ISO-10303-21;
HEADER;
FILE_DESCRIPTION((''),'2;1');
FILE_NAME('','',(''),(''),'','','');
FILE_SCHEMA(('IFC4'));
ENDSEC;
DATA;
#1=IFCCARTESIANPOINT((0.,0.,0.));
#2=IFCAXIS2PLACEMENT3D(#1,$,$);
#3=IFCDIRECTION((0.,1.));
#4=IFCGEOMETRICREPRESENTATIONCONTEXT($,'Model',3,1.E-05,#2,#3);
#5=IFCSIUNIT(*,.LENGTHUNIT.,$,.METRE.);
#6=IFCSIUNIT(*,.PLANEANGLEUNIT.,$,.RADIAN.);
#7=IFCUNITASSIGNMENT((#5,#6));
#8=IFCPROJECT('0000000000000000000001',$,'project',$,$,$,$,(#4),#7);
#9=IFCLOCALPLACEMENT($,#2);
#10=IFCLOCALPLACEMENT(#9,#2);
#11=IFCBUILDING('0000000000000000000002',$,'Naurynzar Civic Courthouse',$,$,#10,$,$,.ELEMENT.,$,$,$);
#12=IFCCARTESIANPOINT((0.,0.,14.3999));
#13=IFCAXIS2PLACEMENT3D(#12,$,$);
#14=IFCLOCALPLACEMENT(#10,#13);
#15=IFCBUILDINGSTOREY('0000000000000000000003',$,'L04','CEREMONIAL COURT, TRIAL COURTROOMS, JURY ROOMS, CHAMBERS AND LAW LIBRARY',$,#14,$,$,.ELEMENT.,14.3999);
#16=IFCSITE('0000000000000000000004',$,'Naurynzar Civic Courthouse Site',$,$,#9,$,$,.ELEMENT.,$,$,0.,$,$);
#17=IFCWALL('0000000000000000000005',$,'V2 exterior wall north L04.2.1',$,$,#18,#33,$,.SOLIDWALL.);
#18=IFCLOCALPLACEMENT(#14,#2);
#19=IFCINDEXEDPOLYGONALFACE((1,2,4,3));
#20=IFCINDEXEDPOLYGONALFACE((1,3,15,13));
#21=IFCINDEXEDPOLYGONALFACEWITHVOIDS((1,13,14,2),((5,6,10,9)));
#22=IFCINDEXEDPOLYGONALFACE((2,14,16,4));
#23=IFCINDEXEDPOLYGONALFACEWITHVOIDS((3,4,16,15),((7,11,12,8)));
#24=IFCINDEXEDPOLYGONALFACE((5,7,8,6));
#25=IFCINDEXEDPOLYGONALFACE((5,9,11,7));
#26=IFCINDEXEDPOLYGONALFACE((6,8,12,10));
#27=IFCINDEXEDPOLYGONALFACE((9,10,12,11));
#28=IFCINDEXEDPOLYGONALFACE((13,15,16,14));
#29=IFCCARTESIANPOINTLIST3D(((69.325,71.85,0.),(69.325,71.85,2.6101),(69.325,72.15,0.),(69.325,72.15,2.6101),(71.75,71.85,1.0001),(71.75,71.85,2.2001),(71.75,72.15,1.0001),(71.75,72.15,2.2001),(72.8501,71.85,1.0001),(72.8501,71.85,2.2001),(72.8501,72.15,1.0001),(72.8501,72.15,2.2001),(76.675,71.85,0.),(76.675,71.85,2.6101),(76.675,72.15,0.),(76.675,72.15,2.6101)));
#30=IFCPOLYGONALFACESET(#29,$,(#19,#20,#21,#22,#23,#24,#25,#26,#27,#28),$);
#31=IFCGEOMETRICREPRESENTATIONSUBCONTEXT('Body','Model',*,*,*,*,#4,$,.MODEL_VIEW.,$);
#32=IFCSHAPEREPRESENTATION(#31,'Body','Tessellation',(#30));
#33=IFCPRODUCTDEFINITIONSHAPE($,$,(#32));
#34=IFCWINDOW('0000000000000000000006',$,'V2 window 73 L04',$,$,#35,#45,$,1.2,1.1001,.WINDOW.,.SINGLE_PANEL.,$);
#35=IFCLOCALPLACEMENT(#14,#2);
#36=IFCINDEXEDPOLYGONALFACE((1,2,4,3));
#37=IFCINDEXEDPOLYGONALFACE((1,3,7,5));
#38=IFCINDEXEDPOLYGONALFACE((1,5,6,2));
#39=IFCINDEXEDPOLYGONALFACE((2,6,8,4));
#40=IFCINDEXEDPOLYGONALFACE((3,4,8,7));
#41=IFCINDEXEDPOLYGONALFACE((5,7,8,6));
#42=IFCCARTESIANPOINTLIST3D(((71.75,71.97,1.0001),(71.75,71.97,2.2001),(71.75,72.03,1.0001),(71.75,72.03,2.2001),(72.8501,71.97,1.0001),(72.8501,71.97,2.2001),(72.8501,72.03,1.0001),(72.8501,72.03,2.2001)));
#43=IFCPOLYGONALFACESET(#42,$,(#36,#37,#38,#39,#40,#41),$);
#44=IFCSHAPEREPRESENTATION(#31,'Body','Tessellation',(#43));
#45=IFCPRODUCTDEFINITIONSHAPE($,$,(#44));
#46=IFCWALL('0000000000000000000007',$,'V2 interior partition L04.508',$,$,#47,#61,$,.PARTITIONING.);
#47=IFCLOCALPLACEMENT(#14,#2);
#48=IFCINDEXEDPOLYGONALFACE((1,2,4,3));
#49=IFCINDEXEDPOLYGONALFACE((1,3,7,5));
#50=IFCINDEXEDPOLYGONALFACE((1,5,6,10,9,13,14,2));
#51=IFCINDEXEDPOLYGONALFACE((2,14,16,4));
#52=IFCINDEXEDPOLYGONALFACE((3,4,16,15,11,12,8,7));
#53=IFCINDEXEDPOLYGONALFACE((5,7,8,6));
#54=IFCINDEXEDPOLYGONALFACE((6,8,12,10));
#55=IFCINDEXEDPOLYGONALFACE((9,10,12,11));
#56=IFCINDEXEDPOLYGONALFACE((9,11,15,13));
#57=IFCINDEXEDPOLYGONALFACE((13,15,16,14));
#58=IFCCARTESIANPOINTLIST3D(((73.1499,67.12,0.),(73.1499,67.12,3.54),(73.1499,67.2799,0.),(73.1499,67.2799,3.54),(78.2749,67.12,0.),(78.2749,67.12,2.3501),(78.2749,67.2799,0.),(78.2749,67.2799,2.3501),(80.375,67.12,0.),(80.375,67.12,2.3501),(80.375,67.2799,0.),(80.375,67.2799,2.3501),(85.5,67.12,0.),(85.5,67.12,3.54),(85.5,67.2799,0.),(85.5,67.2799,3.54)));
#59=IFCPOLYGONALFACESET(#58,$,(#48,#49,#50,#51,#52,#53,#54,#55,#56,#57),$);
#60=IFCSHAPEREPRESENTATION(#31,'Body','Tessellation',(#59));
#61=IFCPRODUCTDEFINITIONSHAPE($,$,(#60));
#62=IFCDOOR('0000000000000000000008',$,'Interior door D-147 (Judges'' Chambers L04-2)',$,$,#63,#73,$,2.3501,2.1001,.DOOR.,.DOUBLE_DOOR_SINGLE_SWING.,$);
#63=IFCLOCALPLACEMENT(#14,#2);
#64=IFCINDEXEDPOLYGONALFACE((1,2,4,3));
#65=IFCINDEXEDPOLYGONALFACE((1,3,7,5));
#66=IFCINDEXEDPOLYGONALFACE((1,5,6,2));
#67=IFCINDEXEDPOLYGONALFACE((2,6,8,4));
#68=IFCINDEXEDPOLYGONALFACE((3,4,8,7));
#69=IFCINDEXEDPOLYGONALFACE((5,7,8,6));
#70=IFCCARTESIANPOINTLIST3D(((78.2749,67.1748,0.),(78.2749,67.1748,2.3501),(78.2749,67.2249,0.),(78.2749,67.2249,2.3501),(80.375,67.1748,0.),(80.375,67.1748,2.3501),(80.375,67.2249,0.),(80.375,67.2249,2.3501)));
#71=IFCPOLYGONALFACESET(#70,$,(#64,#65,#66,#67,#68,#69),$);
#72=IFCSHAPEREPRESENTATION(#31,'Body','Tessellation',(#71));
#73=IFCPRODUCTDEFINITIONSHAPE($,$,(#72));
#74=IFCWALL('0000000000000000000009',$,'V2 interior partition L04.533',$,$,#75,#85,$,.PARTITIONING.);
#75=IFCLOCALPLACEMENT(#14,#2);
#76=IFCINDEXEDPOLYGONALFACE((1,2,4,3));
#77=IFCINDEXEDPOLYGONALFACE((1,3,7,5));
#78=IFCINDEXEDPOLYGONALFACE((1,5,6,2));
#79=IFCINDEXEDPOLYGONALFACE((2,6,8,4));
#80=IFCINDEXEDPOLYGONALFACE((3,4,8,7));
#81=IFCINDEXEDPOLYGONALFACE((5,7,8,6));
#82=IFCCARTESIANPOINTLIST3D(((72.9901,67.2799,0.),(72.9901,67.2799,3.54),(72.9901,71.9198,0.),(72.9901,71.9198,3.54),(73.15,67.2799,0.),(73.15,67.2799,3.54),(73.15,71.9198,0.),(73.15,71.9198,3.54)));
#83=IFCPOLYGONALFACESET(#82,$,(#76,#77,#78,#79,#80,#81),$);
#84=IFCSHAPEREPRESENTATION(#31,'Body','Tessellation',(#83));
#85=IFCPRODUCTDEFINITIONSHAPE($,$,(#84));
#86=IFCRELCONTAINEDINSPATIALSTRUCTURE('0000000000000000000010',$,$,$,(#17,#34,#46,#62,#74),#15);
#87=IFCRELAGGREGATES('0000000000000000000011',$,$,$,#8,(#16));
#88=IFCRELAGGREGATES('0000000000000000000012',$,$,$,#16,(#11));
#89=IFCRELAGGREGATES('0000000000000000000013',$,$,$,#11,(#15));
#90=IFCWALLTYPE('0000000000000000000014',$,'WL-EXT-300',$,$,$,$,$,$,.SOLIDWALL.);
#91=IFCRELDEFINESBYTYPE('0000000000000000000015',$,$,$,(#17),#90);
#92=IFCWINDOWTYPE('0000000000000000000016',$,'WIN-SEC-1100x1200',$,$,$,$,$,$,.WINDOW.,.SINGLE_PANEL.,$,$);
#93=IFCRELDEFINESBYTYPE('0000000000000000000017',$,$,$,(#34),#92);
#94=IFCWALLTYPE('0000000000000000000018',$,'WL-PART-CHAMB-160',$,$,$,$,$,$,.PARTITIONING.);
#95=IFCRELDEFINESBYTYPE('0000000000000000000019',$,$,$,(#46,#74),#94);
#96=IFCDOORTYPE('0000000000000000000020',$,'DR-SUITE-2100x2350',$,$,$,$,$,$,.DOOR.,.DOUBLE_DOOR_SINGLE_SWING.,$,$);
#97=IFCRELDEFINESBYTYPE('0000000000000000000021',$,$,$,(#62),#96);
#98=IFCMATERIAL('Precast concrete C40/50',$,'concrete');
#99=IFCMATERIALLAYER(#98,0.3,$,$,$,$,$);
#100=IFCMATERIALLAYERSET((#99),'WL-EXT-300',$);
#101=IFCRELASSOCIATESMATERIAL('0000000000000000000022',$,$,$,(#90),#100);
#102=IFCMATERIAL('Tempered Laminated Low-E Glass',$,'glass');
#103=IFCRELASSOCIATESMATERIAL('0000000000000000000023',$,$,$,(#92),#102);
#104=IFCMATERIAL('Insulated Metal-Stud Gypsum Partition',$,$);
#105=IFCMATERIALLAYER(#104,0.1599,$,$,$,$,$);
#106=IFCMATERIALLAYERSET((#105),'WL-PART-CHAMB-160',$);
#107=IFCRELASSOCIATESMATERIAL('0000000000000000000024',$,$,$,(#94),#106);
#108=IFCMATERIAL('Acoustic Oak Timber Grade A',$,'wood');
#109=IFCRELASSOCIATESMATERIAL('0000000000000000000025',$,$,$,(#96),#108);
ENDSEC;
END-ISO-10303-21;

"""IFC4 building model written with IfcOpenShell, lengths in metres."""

from ifc_helpers import new_model, si_unit, direction, frame, frame_2d, origin, place, context, subcontext, project, spatial, rectangle, extrude, material, layer, layer_set, type_object, element, fill, save


model = new_model("IFC4")

# Units and contexts
model_context = context("Model", 3, precision=1e-05, world=origin(), true_north=direction((0.0, 1.0)))
body_context = subcontext(model_context, "Body", "Model", "MODEL_VIEW")
ifc_project = project(units=[si_unit("LENGTHUNIT", "METRE"), si_unit("PLANEANGLEUNIT", "RADIAN")], contexts=[model_context])

# Site, building, storey
site_placement = place(None, origin())
site = spatial("IfcSite", under=ifc_project, at=site_placement, Name="Naurynzar Civic Courthouse Site", CompositionType="ELEMENT", RefElevation=0.0)
building_placement = place(site_placement, origin())
building = spatial("IfcBuilding", under=site, at=building_placement, Name="Naurynzar Civic Courthouse", CompositionType="ELEMENT")
storey_placement = place(building_placement, frame((0.0, 0.0, 14.3999)))
storey = spatial("IfcBuildingStorey", under=building, at=storey_placement, Name="L04", Description="CEREMONIAL COURT, TRIAL COURTROOMS, JURY ROOMS, CHAMBERS AND LAW LIBRARY", CompositionType="ELEMENT", Elevation=14.3999)

# Wall, opening, window
ifc_material_1 = material(Name="Precast concrete C40/50", Category="concrete")
ifc_layer_1 = layer(ifc_material_1, 0.3)
ifc_layer_set_1 = layer_set([ifc_layer_1], Name="WL-EXT-300")
wall_type_1 = type_object("IfcWallType", Name="WL-EXT-300", PredefinedType="SOLIDWALL", material=ifc_layer_set_1)
wall_1_placement = place(storey_placement, frame((69.325, 72.0, 0.0), z_axis=(0.0, 0.0, 1.0), x_axis=(1.0, 0.0, 0.0)))
wall_1 = element("IfcWall", 1, at=wall_1_placement, inside=storey, type_object=wall_type_1, Name="V2 exterior wall north L04.2.1", PredefinedType="SOLIDWALL", context=body_context, shape_type="SweptSolid", body=[
    extrude(rectangle(XDim=7.3501, YDim=0.3, at=frame_2d((3.675, 0.0))), origin(), (0.0, 0.0, 1.0), 2.6101),
])
opening_1_placement = place(wall_1_placement, frame((2.425, 0.0, 1.0)))
opening_1 = element("IfcOpeningElement", 2, at=opening_1_placement, cuts=wall_1, PredefinedType="OPENING", context=body_context, shape_type="SweptSolid", body=[
    extrude(rectangle(XDim=1.1001, YDim=1.2, at=frame_2d((0.55, 0.6001))), frame((0.0, 0.1599, 0.0), z_axis=(0.0, -1.0, 0.0), x_axis=(1.0, 0.0, 0.0)), (0.0, 0.0, 1.0), 0.3201),
])
ifc_material_2 = material(Name="Tempered Laminated Low-E Glass", Category="glass")
window_type = type_object("IfcWindowType", Name="WIN-SEC-1100x1200", PartitioningType="SINGLE_PANEL", PredefinedType="WINDOW", material=ifc_material_2)
window_placement = place(opening_1_placement, origin())
window = element("IfcWindow", 3, at=window_placement, inside=storey, type_object=window_type, Name="V2 window 73 L04", OverallHeight=1.2, OverallWidth=1.1001, PartitioningType="SINGLE_PANEL", PredefinedType="WINDOW", context=body_context, shape_type="SweptSolid", body=[
    extrude(rectangle(XDim=1.1001, YDim=1.2, at=frame_2d((0.55, 0.6001))), frame((0.0, 0.03, 0.0), z_axis=(0.0, -1.0, 0.0), x_axis=(1.0, 0.0, 0.0)), (0.0, 0.0, 1.0), 0.0601),
])
fill(opening_1, window)

# Wall, opening, door
ifc_material_3 = material(Name="Insulated Metal-Stud Gypsum Partition")
ifc_layer_2 = layer(ifc_material_3, 0.1599)
ifc_layer_set_2 = layer_set([ifc_layer_2], Name="WL-PART-CHAMB-160")
wall_type_2 = type_object("IfcWallType", Name="WL-PART-CHAMB-160", PredefinedType="PARTITIONING", material=ifc_layer_set_2)
wall_2_placement = place(storey_placement, frame((73.1499, 67.2, 0.0), z_axis=(0.0, 0.0, 1.0), x_axis=(1.0, 0.0, 0.0)))
wall_2 = element("IfcWall", 4, at=wall_2_placement, inside=storey, type_object=wall_type_2, Name="V2 interior partition L04.508", PredefinedType="PARTITIONING", context=body_context, shape_type="SweptSolid", body=[
    extrude(rectangle(XDim=12.3501, YDim=0.1599, at=frame_2d((6.175, 0.0))), origin(), (0.0, 0.0, 1.0), 3.54),
])
opening_2_placement = place(wall_2_placement, frame((5.125, 0.0, 0.0)))
opening_2 = element("IfcOpeningElement", 5, at=opening_2_placement, cuts=wall_2, PredefinedType="OPENING", context=body_context, shape_type="SweptSolid", body=[
    extrude(rectangle(XDim=2.1001, YDim=2.3501, at=frame_2d((1.05, 1.175))), frame((0.0, 0.0898, 0.0), z_axis=(0.0, -1.0, 0.0), x_axis=(1.0, 0.0, 0.0)), (0.0, 0.0, 1.0), 0.1799),
])
ifc_material_4 = material(Name="Acoustic Oak Timber Grade A", Category="wood")
door_type = type_object("IfcDoorType", Name="DR-SUITE-2100x2350", OperationType="DOUBLE_DOOR_SINGLE_SWING", PredefinedType="DOOR", material=ifc_material_4)
door_placement = place(opening_2_placement, origin())
door = element("IfcDoor", 6, at=door_placement, inside=storey, type_object=door_type, Name="Interior door D-147 (Judges' Chambers L04-2)", OperationType="DOUBLE_DOOR_SINGLE_SWING", OverallHeight=2.3501, OverallWidth=2.1001, PredefinedType="DOOR", context=body_context, shape_type="SweptSolid", body=[
    extrude(rectangle(XDim=2.1001, YDim=2.3501, at=frame_2d((1.05, 1.175))), frame((0.0, 0.0249, 0.0), z_axis=(0.0, -1.0, 0.0), x_axis=(1.0, 0.0, 0.0)), (0.0, 0.0, 1.0), 0.05),
])
fill(opening_2, door)

# Wall
wall_3_placement = place(storey_placement, frame((73.0701, 67.28, 0.0), z_axis=(0.0, 0.0, 1.0), x_axis=(0.0, 1.0, 0.0)))
element("IfcWall", 7, at=wall_3_placement, inside=storey, type_object=wall_type_2, Name="V2 interior partition L04.533", PredefinedType="PARTITIONING", context=body_context, shape_type="SweptSolid", body=[
    extrude(rectangle(XDim=4.6399, YDim=0.1599, at=frame_2d((2.3198, 0.0))), origin(), (0.0, 0.0, 1.0), 3.54),
])

save(model, "model.ifc")
